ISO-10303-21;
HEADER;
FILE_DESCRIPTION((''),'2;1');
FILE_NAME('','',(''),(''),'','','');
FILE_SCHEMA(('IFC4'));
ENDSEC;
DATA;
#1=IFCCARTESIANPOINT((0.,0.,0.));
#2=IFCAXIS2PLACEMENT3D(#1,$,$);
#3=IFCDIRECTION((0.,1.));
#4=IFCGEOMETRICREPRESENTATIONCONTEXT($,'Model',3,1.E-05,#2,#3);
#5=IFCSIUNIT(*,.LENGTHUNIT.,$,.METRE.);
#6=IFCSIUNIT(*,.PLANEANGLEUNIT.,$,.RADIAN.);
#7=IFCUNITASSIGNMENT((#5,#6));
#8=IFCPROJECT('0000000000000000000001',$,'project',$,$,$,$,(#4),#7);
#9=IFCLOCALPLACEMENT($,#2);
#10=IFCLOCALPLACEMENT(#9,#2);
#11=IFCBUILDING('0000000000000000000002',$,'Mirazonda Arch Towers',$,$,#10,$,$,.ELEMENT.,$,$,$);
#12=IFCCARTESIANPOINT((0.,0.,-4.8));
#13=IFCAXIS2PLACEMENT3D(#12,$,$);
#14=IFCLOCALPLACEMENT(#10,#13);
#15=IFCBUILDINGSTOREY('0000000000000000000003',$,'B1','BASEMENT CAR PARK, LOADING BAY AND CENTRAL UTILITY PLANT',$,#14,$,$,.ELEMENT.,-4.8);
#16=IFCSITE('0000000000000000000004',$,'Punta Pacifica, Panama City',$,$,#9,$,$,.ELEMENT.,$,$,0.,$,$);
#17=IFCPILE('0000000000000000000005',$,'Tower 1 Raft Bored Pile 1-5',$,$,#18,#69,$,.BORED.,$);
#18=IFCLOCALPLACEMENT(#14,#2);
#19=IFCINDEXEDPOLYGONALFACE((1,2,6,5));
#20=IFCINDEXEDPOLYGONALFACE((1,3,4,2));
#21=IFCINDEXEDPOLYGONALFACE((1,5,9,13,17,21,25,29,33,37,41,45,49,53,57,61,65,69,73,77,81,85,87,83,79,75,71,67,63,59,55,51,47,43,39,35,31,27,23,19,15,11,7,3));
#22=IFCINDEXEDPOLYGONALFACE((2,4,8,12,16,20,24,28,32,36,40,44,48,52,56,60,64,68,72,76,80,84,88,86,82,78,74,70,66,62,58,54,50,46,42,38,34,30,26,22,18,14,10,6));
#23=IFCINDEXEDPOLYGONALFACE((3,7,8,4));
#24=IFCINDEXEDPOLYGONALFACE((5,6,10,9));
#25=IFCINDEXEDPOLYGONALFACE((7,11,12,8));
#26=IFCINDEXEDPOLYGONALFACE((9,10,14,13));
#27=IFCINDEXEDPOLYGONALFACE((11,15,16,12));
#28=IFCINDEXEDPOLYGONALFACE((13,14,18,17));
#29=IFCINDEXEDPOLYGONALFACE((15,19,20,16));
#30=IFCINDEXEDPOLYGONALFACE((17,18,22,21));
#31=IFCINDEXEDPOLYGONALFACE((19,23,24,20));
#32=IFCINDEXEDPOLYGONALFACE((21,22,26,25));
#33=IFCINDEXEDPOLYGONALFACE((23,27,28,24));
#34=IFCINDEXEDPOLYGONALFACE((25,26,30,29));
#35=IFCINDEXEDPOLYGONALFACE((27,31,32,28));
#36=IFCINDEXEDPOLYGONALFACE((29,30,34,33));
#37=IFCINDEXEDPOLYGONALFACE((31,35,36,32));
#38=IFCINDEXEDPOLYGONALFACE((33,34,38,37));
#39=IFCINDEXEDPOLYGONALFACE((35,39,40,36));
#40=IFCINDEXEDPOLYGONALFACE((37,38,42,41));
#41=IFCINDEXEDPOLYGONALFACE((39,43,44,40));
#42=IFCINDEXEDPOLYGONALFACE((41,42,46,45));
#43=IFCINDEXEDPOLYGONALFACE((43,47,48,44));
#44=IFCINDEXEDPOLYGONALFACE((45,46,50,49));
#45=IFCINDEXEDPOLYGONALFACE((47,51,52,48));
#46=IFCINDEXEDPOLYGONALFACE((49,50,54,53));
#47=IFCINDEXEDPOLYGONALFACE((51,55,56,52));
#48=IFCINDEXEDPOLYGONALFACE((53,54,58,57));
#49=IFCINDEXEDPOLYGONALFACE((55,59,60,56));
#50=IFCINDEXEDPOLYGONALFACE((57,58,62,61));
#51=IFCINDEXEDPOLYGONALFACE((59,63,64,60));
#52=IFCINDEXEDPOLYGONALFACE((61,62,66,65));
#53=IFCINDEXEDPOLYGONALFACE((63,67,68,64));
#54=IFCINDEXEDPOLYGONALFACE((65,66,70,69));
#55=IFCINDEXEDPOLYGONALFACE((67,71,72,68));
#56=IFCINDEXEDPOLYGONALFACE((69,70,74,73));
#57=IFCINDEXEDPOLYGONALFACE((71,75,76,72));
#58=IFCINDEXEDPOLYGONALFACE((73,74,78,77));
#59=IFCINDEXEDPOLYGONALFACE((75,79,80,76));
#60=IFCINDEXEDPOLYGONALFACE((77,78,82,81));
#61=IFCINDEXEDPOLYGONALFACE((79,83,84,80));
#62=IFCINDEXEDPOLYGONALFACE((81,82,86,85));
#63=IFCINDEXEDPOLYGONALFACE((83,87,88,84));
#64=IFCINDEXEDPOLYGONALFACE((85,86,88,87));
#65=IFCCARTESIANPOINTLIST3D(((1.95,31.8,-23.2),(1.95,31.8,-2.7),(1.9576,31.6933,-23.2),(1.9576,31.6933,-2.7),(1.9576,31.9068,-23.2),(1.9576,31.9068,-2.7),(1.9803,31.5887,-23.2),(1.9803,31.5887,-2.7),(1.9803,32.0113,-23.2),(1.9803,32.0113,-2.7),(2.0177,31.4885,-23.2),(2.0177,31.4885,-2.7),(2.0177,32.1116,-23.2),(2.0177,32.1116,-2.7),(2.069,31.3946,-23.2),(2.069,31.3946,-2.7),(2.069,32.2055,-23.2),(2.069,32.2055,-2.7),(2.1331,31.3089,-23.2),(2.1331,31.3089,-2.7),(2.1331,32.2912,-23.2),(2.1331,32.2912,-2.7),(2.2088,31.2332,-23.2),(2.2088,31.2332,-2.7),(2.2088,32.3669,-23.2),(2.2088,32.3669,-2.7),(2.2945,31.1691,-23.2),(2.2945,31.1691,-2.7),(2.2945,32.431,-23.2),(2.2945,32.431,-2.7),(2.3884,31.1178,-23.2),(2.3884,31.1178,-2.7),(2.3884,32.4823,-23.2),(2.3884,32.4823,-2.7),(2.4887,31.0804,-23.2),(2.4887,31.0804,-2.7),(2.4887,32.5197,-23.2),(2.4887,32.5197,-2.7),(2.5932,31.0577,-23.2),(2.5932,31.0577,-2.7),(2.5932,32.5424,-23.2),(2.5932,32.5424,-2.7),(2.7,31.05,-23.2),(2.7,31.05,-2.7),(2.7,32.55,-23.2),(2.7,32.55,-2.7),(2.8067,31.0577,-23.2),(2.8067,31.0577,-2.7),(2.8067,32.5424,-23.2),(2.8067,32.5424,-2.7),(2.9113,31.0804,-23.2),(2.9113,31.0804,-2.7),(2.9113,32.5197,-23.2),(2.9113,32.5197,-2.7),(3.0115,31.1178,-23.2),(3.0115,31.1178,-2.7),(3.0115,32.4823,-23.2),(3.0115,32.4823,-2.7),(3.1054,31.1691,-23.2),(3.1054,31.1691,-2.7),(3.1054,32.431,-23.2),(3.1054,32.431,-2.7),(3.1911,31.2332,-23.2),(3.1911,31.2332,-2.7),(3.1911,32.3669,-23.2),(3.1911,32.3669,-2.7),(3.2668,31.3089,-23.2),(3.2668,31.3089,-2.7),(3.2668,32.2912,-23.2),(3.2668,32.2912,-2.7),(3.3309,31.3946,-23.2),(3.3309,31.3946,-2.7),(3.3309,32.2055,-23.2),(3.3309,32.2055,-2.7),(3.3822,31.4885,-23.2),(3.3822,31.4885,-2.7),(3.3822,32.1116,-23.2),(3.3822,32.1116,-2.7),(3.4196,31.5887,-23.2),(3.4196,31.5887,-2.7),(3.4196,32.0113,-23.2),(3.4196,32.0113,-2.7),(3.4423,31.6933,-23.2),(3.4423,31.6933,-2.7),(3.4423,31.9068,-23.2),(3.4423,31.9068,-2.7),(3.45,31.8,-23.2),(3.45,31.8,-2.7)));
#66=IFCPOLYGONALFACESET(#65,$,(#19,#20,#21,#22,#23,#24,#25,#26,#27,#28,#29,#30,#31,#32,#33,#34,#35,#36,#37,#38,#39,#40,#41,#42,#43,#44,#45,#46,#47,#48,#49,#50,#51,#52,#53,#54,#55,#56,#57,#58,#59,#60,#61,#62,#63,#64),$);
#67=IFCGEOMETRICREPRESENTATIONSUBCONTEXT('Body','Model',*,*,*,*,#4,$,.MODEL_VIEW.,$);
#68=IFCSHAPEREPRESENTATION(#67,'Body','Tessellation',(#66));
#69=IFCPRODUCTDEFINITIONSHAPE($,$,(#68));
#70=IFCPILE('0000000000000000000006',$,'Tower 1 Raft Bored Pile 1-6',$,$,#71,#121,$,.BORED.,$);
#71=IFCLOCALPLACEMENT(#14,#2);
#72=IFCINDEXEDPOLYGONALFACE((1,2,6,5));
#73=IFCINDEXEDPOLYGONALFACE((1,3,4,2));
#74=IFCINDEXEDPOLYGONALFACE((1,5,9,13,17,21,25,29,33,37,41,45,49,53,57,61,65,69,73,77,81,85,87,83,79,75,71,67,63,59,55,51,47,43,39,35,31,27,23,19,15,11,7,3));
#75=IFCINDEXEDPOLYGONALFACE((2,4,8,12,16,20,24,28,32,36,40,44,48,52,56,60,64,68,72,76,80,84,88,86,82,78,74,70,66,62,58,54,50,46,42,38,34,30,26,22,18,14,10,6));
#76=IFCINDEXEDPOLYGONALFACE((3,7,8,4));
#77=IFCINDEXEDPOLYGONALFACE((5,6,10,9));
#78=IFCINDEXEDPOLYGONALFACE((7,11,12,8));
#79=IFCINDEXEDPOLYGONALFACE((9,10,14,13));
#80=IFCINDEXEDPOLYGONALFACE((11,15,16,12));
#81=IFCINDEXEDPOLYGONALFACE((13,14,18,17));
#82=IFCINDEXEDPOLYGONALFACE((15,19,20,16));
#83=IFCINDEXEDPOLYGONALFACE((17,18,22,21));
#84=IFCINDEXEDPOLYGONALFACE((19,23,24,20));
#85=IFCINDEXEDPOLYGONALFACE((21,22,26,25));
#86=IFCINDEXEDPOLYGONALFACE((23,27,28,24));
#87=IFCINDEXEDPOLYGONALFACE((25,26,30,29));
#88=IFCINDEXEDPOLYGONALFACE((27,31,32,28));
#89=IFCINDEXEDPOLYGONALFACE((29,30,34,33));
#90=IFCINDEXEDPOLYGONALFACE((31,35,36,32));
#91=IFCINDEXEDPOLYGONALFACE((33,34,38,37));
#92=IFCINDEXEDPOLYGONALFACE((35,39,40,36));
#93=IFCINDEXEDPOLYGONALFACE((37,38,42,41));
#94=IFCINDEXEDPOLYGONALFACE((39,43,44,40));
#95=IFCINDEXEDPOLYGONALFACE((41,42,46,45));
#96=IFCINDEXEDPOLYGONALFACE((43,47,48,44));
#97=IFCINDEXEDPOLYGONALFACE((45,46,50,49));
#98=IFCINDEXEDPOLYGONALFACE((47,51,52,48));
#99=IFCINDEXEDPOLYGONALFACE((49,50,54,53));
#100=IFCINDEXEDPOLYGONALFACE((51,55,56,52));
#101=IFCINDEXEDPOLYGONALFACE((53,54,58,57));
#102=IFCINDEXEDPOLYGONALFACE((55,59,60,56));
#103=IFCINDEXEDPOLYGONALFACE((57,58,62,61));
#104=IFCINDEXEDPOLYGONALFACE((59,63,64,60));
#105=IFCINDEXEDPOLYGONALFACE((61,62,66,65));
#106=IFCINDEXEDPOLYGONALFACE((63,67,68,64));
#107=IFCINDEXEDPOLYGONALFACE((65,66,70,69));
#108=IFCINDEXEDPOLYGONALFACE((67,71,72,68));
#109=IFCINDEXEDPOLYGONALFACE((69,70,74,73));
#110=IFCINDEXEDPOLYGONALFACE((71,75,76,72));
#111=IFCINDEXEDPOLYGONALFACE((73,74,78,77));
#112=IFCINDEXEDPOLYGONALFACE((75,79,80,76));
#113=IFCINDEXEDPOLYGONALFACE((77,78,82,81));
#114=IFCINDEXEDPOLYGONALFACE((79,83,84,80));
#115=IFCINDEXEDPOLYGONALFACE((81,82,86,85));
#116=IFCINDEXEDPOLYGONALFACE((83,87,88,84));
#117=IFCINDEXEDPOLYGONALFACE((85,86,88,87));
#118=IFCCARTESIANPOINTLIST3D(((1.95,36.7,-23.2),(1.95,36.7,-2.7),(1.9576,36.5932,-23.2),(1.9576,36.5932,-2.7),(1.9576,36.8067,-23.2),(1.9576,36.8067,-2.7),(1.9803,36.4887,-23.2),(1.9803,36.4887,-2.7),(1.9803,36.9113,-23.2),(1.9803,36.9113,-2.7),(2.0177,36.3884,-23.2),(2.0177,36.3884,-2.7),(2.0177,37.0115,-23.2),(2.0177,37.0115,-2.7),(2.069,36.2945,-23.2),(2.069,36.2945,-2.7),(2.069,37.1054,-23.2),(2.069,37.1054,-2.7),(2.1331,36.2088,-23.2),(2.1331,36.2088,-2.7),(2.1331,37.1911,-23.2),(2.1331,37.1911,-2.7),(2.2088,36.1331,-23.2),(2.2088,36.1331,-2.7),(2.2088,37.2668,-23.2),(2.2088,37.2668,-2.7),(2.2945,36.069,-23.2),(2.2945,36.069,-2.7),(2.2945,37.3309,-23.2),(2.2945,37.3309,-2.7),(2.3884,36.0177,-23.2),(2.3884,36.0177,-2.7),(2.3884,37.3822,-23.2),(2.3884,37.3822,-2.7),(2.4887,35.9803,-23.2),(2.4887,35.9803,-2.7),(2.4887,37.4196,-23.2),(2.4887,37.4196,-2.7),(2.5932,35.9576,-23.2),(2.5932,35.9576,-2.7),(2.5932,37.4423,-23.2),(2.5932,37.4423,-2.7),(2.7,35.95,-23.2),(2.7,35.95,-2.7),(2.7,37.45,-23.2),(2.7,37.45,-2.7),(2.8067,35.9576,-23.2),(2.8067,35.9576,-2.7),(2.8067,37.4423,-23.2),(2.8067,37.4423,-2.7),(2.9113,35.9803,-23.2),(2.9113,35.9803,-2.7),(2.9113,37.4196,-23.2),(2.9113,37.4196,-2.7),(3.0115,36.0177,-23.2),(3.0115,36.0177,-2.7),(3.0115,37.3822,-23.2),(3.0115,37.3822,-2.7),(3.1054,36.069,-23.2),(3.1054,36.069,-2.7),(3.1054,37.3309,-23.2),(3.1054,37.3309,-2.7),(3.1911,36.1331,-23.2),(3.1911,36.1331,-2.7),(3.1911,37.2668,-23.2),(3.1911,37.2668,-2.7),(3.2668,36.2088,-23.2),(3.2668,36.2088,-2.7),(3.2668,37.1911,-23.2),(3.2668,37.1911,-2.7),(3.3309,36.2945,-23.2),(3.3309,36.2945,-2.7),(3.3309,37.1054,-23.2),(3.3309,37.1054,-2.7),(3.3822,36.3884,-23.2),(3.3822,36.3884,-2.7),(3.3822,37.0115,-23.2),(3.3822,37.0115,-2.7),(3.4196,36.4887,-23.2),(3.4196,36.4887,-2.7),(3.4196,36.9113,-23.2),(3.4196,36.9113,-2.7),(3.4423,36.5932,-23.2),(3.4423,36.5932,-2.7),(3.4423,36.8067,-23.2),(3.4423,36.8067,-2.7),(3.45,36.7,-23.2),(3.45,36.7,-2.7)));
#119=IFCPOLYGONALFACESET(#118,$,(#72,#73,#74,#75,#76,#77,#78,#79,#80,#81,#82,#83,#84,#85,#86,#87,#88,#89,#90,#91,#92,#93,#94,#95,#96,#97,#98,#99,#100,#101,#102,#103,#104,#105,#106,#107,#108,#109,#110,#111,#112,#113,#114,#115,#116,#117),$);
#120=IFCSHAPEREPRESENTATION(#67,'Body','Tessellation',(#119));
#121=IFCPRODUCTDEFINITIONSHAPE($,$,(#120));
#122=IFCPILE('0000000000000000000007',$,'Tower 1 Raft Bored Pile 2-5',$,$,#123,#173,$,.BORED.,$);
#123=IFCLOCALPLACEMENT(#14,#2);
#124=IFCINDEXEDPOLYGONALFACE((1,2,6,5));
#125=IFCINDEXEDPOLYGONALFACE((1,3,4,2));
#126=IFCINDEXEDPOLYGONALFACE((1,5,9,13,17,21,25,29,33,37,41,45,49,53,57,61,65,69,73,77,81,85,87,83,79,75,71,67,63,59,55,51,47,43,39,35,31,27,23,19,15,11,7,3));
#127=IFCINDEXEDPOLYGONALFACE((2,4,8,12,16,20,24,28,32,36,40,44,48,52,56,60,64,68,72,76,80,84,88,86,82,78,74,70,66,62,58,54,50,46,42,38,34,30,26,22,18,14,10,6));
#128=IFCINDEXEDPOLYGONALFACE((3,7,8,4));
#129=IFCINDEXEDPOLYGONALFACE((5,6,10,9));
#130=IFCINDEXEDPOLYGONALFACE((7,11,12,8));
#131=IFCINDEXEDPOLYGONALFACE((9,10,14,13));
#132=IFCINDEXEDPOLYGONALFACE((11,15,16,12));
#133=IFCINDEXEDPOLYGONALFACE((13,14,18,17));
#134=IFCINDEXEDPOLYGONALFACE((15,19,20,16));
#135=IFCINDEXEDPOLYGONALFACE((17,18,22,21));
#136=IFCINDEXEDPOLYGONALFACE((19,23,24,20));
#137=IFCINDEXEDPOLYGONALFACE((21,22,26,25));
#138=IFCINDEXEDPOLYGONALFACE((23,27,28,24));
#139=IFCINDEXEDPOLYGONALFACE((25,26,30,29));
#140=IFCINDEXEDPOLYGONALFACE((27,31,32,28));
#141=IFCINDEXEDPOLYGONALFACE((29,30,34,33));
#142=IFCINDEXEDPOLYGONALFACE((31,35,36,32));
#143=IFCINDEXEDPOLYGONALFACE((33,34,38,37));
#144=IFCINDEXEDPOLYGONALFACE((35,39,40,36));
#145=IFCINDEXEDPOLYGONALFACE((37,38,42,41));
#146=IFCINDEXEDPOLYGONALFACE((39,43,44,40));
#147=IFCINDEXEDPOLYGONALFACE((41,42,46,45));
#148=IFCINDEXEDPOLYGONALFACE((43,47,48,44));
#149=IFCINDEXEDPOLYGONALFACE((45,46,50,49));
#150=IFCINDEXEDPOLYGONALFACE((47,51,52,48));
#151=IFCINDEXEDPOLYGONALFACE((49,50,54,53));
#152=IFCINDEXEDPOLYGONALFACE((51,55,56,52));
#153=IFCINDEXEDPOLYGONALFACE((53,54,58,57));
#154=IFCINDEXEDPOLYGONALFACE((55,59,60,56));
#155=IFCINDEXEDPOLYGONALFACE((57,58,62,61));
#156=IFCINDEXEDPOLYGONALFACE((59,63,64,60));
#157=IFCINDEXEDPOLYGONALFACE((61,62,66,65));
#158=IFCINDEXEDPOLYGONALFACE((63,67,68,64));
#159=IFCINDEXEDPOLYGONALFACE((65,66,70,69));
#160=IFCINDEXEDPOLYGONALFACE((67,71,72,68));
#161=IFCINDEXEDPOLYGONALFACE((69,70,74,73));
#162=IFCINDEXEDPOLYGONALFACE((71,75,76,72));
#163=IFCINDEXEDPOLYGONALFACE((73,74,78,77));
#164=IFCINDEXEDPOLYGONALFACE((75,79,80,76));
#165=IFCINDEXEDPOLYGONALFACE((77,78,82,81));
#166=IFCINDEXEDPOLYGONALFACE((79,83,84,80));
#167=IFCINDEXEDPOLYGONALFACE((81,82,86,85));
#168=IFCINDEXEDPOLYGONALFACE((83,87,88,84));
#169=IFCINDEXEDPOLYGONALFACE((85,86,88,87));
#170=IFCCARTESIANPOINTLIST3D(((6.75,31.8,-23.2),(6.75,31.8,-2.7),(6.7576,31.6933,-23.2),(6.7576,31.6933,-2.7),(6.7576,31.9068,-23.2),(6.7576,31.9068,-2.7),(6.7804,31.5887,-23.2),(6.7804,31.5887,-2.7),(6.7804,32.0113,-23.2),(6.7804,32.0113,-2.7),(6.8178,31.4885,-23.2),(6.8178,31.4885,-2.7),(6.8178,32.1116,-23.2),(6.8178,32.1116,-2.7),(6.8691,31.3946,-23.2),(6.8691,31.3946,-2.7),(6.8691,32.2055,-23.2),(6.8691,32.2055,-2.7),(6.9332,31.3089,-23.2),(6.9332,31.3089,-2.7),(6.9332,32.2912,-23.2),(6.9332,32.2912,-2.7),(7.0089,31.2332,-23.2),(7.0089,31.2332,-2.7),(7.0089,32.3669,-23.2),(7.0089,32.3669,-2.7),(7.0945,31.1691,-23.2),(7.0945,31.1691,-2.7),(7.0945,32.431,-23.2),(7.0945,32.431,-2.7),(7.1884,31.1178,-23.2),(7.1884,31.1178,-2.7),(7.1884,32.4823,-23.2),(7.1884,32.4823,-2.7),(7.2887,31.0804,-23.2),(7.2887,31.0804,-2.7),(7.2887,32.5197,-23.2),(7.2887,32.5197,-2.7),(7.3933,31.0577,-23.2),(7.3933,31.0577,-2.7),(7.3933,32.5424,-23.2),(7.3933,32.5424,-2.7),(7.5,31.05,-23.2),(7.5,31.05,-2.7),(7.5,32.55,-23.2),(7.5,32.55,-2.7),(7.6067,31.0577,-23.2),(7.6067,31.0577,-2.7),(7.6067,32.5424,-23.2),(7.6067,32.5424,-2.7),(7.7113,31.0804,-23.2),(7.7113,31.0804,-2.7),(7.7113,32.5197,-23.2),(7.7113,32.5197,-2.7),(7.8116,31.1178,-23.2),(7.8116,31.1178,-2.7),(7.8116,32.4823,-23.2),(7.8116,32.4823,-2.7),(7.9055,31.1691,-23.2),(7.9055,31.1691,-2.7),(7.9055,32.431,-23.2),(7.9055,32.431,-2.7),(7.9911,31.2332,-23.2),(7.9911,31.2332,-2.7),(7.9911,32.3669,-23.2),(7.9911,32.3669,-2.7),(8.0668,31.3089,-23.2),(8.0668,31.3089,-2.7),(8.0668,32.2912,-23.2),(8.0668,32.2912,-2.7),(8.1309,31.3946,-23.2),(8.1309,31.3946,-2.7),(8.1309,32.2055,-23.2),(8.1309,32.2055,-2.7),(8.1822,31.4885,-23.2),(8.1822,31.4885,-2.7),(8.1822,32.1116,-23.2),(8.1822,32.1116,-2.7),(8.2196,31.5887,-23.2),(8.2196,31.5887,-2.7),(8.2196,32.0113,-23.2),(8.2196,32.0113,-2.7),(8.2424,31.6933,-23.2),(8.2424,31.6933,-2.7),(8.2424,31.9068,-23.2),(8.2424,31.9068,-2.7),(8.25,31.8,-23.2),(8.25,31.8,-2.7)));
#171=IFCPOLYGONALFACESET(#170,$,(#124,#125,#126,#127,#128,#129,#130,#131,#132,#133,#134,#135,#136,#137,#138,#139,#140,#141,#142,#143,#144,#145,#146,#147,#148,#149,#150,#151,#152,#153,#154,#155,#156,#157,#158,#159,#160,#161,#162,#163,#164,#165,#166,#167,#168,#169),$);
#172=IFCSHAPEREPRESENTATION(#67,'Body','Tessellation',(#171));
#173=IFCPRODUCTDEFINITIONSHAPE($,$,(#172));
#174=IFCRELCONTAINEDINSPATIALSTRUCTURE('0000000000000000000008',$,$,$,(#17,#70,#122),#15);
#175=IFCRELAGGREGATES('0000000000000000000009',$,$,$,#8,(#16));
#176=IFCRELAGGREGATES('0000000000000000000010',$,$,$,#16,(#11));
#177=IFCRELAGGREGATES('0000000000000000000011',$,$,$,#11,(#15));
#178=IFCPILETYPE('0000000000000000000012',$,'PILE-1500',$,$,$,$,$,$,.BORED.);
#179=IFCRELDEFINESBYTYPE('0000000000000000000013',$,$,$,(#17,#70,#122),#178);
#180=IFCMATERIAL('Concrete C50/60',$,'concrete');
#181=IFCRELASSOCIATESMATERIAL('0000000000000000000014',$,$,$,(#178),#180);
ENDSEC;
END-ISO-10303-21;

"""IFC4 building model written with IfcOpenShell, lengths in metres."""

from ifc_helpers import new_model, si_unit, direction, frame, origin, origin_2d, place, context, subcontext, project, spatial, circle, extrude, material, material_profile, profile_set, type_object, element, save


model = new_model("IFC4")

# Units and contexts
model_context = context("Model", 3, precision=1e-05, world=origin(), true_north=direction((0.0, 1.0)))
body_context = subcontext(model_context, "Body", "Model", "MODEL_VIEW")
ifc_project = project(units=[si_unit("LENGTHUNIT", "METRE"), si_unit("PLANEANGLEUNIT", "RADIAN")], contexts=[model_context])

# Site, building, storey
site_placement = place(None, origin())
site = spatial("IfcSite", under=ifc_project, at=site_placement, Name="Punta Pacifica, Panama City", CompositionType="ELEMENT", RefElevation=0.0)
building_placement = place(site_placement, origin())
building = spatial("IfcBuilding", under=site, at=building_placement, Name="Mirazonda Arch Towers", CompositionType="ELEMENT")
storey_placement = place(building_placement, frame((0.0, 0.0, -4.8)))
storey = spatial("IfcBuildingStorey", under=building, at=storey_placement, Name="B1", Description="BASEMENT CAR PARK, LOADING BAY AND CENTRAL UTILITY PLANT", CompositionType="ELEMENT", Elevation=-4.8)

# Piles
ifc_material_1 = material(Name="Concrete C50/60", Category="concrete")
ifc_material_profile_1 = material_profile(ifc_material_1, circle(Radius=0.75, at=origin_2d()), Name="BORED-D1500")
ifc_profile_set_1 = profile_set([ifc_material_profile_1], Name="Concrete C50/60")
pile_type = type_object("IfcPileType", Name="PILE-1500", PredefinedType="BORED", material=ifc_profile_set_1)
for number, where, z_axis, x_axis, name in (
    (1, (2.7, 31.8, -2.7), (0.0, 0.0, -1.0), (1.0, 0.0, 0.0), "Tower 1 Raft Bored Pile 1-5"),
    (2, (2.7, 36.7, -2.7), (0.0, 0.0, -1.0), (1.0, 0.0, 0.0), "Tower 1 Raft Bored Pile 1-6"),
    (3, (7.5, 31.8, -2.7), (0.0, 0.0, -1.0), (1.0, 0.0, 0.0), "Tower 1 Raft Bored Pile 2-5"),
):
    element("IfcPile", number, at=place(storey_placement, frame(where, z_axis=z_axis, x_axis=x_axis)), inside=storey, type_object=pile_type, Name=name, PredefinedType="BORED", context=body_context, shape_type="SweptSolid", body=[
        extrude(circle(Radius=0.75, at=origin_2d()), origin(), (0.0, 0.0, 1.0), 20.5),
    ])

save(model, "model.ifc")
